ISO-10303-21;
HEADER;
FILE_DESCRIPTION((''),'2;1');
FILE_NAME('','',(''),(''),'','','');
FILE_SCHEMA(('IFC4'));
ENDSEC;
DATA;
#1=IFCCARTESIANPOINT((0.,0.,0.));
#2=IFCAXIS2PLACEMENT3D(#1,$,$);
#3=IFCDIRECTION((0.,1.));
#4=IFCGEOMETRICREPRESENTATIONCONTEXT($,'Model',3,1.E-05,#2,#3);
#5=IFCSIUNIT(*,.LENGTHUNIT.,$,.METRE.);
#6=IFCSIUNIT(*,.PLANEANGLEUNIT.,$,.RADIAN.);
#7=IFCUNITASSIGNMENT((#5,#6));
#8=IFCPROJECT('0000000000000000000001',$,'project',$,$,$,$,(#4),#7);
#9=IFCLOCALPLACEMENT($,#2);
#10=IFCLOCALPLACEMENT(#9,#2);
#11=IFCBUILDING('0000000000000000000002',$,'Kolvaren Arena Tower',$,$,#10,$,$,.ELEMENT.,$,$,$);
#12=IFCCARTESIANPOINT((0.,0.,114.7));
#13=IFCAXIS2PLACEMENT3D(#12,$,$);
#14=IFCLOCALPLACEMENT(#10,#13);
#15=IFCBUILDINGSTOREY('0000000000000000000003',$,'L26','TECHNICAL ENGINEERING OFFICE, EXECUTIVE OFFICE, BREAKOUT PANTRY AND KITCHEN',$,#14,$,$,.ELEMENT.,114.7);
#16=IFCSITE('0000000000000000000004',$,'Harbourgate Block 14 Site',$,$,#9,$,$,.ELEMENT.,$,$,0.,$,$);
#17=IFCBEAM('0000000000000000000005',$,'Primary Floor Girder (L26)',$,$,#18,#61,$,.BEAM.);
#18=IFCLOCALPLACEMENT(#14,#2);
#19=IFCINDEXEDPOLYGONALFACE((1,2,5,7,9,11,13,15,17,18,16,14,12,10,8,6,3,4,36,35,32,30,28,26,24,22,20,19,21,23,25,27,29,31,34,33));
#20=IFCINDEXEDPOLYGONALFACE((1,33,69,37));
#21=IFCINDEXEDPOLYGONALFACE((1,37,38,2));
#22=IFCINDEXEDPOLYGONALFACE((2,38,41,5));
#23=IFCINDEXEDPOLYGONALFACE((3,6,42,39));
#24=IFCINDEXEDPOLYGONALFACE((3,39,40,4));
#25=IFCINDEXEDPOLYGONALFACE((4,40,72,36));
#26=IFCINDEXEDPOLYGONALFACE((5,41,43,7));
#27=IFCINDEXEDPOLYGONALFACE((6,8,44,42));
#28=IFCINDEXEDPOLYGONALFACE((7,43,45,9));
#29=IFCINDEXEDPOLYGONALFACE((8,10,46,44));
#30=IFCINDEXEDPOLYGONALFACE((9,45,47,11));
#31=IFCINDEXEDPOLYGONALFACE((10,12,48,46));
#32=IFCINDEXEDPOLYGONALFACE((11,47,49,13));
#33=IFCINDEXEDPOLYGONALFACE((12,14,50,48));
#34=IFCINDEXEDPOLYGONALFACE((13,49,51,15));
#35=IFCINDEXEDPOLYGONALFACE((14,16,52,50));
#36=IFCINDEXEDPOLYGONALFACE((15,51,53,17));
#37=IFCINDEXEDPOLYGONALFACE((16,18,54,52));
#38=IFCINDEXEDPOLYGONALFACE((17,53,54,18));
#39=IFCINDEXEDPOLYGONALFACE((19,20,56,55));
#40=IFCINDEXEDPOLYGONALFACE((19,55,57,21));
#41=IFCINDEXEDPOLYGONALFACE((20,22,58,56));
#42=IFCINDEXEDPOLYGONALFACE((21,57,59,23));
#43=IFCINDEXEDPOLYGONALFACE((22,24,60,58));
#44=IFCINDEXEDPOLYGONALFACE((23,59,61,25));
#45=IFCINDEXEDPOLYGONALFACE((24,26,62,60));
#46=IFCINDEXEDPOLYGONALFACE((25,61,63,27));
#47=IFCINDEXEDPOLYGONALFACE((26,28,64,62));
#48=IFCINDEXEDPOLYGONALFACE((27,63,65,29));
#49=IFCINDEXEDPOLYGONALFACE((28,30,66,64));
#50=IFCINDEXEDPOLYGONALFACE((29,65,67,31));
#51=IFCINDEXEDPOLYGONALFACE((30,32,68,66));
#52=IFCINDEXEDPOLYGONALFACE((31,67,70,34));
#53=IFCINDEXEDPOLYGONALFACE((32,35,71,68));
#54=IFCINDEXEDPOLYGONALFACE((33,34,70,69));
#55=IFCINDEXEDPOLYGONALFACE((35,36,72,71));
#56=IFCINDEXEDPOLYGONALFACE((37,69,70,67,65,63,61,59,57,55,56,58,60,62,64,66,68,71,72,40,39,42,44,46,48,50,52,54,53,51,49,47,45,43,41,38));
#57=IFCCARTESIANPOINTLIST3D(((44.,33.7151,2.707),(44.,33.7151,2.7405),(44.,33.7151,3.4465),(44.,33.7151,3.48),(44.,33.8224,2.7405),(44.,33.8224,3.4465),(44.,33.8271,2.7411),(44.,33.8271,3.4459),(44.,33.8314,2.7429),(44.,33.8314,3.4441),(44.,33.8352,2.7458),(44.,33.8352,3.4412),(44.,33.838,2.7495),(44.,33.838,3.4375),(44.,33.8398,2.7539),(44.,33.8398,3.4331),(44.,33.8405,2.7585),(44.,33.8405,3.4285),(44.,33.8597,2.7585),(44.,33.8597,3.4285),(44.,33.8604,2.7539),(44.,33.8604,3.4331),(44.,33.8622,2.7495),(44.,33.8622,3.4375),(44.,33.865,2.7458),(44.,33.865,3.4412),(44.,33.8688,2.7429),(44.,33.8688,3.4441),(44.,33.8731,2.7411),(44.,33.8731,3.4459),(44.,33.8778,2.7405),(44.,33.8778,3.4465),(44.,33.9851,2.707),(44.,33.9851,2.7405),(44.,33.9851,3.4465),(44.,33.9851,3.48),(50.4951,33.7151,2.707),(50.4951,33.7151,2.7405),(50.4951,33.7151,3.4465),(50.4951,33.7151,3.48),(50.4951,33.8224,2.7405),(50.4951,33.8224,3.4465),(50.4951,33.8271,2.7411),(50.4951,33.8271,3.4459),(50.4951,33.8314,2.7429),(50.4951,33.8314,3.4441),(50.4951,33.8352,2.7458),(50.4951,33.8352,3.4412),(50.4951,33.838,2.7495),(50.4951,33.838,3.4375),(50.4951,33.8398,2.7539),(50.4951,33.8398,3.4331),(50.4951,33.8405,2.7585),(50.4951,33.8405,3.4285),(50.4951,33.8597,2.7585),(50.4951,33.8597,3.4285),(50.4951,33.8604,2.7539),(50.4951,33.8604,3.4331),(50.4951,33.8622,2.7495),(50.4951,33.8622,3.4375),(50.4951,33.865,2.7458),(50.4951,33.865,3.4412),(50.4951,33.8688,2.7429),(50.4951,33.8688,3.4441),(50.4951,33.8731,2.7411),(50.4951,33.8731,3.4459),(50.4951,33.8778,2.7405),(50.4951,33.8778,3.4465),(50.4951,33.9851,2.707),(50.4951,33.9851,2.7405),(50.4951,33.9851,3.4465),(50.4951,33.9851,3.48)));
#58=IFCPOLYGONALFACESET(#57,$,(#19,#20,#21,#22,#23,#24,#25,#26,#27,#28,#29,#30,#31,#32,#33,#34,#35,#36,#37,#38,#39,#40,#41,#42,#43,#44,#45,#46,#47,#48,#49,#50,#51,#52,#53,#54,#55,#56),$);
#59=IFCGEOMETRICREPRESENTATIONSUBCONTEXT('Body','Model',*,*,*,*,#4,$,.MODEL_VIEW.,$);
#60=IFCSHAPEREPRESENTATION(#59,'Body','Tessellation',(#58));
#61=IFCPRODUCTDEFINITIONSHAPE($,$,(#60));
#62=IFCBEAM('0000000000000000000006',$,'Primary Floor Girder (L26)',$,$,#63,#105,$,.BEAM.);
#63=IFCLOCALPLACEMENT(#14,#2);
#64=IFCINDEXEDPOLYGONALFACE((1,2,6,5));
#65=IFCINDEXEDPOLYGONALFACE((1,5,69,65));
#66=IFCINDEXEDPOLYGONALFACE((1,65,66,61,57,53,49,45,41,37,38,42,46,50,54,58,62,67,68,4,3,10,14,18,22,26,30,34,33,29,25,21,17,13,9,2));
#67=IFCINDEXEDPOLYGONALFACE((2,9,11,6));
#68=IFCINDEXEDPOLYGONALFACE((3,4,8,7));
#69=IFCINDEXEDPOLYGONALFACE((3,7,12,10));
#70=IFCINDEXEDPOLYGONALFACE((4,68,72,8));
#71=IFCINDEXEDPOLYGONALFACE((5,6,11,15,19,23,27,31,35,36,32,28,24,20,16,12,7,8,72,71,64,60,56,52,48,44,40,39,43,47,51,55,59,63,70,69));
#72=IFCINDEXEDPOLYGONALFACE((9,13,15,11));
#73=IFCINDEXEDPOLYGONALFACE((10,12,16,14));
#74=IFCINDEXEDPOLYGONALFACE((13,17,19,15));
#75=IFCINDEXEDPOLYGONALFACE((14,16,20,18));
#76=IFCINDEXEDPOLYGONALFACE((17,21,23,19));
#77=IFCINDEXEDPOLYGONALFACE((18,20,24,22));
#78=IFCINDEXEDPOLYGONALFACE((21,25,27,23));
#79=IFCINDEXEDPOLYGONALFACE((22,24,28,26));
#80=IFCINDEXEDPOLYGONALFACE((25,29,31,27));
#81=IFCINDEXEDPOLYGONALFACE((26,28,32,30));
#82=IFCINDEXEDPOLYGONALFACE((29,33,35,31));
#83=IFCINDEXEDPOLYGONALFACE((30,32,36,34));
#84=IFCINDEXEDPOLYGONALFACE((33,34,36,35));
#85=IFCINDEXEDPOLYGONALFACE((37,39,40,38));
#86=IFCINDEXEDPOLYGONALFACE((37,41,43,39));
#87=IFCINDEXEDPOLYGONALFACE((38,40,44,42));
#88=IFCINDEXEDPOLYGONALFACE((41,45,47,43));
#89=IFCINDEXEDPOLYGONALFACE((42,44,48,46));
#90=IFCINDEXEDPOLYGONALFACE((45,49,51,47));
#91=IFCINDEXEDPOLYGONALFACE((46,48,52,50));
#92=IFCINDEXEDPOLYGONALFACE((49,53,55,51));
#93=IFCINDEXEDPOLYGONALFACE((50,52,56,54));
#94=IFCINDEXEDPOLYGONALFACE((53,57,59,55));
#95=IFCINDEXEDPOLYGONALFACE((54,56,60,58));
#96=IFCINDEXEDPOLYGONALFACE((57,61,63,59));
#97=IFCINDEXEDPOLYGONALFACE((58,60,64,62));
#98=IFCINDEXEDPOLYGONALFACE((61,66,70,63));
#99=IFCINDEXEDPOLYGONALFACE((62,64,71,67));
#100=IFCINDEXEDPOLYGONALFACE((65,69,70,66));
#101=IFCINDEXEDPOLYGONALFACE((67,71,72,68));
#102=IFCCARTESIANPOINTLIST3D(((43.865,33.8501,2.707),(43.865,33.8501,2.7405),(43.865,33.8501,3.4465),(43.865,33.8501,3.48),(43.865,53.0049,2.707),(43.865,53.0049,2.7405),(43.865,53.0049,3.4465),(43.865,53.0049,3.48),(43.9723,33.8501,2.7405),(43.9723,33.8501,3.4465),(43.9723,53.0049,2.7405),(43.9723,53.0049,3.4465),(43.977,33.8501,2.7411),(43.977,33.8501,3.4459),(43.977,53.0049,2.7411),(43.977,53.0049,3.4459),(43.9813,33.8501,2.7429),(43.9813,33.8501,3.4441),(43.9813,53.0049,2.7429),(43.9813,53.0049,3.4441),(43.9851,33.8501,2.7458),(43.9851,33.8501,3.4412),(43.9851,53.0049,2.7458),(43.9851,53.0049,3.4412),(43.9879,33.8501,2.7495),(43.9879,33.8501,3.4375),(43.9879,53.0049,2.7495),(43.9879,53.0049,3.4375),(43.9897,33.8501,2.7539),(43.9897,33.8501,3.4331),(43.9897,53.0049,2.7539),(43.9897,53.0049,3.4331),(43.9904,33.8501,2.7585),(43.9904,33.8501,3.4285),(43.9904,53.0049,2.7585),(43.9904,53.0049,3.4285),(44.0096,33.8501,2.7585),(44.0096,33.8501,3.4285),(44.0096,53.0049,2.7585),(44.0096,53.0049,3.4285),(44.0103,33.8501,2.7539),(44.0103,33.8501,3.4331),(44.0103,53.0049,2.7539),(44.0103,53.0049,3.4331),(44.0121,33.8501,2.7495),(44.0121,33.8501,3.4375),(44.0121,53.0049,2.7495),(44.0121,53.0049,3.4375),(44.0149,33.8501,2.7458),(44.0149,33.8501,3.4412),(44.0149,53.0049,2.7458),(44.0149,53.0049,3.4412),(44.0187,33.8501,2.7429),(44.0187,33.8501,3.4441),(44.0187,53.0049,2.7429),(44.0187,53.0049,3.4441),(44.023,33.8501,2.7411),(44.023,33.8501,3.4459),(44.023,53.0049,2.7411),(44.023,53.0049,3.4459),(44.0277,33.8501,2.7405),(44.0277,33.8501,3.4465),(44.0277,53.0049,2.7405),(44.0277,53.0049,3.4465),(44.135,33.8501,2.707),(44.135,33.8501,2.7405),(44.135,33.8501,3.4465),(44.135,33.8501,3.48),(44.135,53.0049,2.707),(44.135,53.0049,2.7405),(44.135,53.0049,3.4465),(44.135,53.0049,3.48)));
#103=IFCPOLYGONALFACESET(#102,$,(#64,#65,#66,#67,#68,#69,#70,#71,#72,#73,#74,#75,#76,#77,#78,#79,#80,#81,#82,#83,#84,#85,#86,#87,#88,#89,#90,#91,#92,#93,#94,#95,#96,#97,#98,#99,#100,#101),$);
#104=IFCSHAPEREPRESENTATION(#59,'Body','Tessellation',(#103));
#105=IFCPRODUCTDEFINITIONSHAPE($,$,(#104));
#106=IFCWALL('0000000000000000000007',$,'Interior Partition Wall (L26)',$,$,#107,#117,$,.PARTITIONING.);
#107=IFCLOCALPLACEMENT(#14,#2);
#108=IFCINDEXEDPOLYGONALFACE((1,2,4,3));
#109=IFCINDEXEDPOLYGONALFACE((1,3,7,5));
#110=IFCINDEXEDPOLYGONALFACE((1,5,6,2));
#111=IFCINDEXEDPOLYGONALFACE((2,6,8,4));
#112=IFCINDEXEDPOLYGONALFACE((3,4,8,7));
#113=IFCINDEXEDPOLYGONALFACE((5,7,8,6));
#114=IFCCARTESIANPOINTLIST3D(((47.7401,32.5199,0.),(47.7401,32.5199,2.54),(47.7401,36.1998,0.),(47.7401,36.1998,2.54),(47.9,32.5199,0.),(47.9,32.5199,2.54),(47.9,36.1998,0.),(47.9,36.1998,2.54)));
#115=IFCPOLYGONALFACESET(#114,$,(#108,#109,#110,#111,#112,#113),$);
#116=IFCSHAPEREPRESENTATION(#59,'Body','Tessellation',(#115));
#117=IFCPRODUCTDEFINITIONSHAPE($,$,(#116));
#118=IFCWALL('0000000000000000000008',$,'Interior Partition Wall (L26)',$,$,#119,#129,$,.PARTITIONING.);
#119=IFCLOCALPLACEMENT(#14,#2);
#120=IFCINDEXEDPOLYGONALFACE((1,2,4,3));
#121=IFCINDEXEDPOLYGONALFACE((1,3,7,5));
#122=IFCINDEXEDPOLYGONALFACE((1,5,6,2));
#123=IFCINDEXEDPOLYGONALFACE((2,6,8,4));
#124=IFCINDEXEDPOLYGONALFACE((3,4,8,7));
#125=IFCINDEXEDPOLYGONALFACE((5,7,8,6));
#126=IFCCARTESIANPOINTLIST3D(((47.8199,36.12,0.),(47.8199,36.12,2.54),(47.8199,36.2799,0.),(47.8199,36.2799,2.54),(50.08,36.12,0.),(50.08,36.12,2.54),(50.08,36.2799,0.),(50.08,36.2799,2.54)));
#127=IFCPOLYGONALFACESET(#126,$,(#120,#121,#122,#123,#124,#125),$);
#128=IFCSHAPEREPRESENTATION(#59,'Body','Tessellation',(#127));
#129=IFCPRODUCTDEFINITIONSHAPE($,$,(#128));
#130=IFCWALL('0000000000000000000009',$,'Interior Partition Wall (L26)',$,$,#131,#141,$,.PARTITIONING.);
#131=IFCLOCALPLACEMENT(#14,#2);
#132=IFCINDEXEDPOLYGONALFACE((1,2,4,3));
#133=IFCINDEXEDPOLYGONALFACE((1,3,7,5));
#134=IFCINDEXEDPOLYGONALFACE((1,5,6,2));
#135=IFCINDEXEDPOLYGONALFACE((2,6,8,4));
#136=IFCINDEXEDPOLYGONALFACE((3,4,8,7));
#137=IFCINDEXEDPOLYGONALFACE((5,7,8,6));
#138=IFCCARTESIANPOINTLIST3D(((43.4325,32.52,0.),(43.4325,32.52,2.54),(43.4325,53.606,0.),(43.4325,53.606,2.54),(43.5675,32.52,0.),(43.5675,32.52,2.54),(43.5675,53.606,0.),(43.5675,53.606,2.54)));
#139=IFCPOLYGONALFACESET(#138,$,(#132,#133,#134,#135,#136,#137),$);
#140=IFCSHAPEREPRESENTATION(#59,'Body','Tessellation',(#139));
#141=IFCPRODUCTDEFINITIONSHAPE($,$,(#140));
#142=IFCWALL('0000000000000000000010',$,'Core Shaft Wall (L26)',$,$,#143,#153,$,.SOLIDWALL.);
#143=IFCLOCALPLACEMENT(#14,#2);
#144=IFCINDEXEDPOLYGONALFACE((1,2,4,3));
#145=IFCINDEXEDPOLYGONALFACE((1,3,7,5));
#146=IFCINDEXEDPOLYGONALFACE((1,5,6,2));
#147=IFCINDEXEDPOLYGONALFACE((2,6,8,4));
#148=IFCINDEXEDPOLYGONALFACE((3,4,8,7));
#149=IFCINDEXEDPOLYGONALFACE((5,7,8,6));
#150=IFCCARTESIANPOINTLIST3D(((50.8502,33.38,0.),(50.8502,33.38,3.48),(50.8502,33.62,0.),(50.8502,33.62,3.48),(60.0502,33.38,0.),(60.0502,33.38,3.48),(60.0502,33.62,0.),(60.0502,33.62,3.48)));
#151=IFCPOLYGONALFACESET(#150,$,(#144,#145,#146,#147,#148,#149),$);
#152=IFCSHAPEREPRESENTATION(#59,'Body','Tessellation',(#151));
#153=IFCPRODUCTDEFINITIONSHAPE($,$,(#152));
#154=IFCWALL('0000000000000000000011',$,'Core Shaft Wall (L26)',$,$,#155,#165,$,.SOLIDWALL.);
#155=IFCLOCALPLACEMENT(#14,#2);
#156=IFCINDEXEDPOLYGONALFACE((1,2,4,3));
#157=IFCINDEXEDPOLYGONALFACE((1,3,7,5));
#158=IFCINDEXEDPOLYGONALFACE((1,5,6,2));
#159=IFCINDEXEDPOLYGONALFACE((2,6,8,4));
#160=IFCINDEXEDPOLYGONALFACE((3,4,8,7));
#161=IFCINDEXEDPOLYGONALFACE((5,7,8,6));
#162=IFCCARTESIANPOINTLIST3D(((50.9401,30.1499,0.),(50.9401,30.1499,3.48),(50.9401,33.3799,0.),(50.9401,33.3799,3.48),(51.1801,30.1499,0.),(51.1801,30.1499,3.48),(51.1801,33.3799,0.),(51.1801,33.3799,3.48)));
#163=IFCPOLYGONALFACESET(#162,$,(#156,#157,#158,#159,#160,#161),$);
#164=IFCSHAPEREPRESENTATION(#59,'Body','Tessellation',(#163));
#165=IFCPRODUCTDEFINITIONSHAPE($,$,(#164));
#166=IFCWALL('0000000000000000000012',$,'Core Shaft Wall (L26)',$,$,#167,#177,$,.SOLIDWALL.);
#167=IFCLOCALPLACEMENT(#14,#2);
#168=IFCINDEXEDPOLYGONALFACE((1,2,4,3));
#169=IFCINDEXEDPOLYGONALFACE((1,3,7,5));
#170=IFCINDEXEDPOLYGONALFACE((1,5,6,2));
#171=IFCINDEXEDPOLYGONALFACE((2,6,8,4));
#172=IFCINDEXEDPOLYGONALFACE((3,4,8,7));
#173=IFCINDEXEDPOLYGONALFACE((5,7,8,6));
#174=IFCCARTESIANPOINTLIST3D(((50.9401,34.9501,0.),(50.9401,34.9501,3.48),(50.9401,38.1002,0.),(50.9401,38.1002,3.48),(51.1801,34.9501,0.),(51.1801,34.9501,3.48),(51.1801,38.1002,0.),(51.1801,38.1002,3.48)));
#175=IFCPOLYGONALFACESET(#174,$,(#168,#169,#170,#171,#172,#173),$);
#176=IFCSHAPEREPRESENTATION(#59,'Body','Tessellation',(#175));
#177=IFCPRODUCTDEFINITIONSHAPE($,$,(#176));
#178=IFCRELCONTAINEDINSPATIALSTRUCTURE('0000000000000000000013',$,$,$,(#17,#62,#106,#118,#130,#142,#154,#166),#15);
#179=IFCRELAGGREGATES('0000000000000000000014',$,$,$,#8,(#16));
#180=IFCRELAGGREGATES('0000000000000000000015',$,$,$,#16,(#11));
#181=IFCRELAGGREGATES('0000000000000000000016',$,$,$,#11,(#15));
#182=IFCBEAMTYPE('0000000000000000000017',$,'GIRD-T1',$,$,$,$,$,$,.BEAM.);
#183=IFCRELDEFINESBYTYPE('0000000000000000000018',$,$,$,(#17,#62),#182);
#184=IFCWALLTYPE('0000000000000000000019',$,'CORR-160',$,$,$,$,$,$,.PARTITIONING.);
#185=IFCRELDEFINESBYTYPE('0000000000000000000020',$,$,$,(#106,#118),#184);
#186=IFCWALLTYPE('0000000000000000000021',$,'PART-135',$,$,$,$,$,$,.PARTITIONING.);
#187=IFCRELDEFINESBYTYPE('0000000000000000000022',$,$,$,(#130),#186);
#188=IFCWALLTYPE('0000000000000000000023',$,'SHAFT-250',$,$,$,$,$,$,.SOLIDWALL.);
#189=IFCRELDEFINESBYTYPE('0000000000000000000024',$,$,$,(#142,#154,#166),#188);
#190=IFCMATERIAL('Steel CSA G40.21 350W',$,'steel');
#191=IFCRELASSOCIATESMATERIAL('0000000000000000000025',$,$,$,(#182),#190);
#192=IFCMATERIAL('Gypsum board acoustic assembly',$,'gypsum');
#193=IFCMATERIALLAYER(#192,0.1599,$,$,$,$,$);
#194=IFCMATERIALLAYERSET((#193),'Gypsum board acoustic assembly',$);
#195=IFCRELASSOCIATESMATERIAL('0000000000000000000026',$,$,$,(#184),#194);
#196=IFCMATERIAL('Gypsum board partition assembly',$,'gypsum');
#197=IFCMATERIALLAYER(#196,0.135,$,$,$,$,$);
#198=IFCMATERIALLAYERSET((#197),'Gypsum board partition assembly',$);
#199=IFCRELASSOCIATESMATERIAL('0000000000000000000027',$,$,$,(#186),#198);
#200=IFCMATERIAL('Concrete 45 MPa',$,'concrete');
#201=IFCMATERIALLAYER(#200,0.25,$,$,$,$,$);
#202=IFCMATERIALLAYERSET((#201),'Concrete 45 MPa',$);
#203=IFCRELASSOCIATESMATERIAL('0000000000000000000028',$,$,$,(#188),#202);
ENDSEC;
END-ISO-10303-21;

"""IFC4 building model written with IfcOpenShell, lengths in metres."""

from ifc_helpers import new_model, si_unit, direction, frame, frame_2d, origin, origin_2d, place, context, subcontext, project, spatial, rectangle, i_section, extrude, material, layer, layer_set, material_profile, profile_set, type_object, element, save


model = new_model("IFC4")

# Units and contexts
model_context = context("Model", 3, precision=1e-05, world=origin(), true_north=direction((0.0, 1.0)))
body_context = subcontext(model_context, "Body", "Model", "MODEL_VIEW")
ifc_project = project(units=[si_unit("LENGTHUNIT", "METRE"), si_unit("PLANEANGLEUNIT", "RADIAN")], contexts=[model_context])

# Site, building, storey
site_placement = place(None, origin())
site = spatial("IfcSite", under=ifc_project, at=site_placement, Name="Harbourgate Block 14 Site", CompositionType="ELEMENT", RefElevation=0.0)
building_placement = place(site_placement, origin())
building = spatial("IfcBuilding", under=site, at=building_placement, Name="Kolvaren Arena Tower", CompositionType="ELEMENT")
storey_placement = place(building_placement, frame((0.0, 0.0, 114.7)))
storey = spatial("IfcBuildingStorey", under=building, at=storey_placement, Name="L26", Description="TECHNICAL ENGINEERING OFFICE, EXECUTIVE OFFICE, BREAKOUT PANTRY AND KITCHEN", CompositionType="ELEMENT", Elevation=114.7)

# Beams
ifc_material_1 = material(Name="Steel CSA G40.21 350W", Category="steel")
ifc_material_profile_1 = material_profile(ifc_material_1, i_section(OverallWidth=0.27, OverallDepth=0.7729, WebThickness=0.0193, FlangeThickness=0.0334, FilletRadius=0.0181, at=origin_2d()), Name="W760x257")
ifc_profile_set_1 = profile_set([ifc_material_profile_1], Name="Steel CSA G40.21 350W")
beam_type_1 = type_object("IfcBeamType", Name="GIRD-T1", PredefinedType="BEAM", material=ifc_profile_set_1)
beam_1_placement = place(storey_placement, frame((44.0, 33.8501, 3.0935), z_axis=(1.0, 0.0, 0.0), x_axis=(0.0, 1.0, 0.0)))
element("IfcBeam", 1, at=beam_1_placement, inside=storey, type_object=beam_type_1, Name="Primary Floor Girder (L26)", PredefinedType="BEAM", context=body_context, shape_type="SweptSolid", body=[
    extrude(i_section(OverallWidth=0.27, OverallDepth=0.7729, WebThickness=0.0193, FlangeThickness=0.0334, FilletRadius=0.0181, at=origin_2d()), origin(), (0.0, 0.0, 1.0), 6.4951),
])
beam_2_placement = place(storey_placement, frame((44.0, 33.8501, 3.0935), z_axis=(0.0, 1.0, 0.0), x_axis=(-1.0, 0.0, 0.0)))
element("IfcBeam", 2, at=beam_2_placement, inside=storey, type_object=beam_type_1, Name="Primary Floor Girder (L26)", PredefinedType="BEAM", context=body_context, shape_type="SweptSolid", body=[
    extrude(i_section(OverallWidth=0.27, OverallDepth=0.7729, WebThickness=0.0193, FlangeThickness=0.0334, FilletRadius=0.0181, at=origin_2d()), origin(), (0.0, 0.0, 1.0), 19.1548),
])

# Shared definitions
ifc_material_2 = material(Name="Gypsum board acoustic assembly", Category="gypsum")
ifc_layer_1 = layer(ifc_material_2, 0.1599)
ifc_layer_set_1 = layer_set([ifc_layer_1], Name="Gypsum board acoustic assembly")
wall_type_1 = type_object("IfcWallType", Name="CORR-160", PredefinedType="PARTITIONING", material=ifc_layer_set_1)

# Walls
wall_1_placement = place(storey_placement, frame((47.8201, 32.52, 0.0), z_axis=(0.0, 0.0, 1.0), x_axis=(0.0, 1.0, 0.0)))
element("IfcWall", 3, at=wall_1_placement, inside=storey, type_object=wall_type_1, Name="Interior Partition Wall (L26)", PredefinedType="PARTITIONING", context=body_context, shape_type="SweptSolid", body=[
    extrude(rectangle(XDim=3.6799, YDim=0.1599, at=frame_2d((1.8398, 0.0))), origin(), (0.0, 0.0, 1.0), 2.54),
])
wall_2_placement = place(storey_placement, frame((47.8201, 36.2, 0.0), z_axis=(0.0, 0.0, 1.0), x_axis=(1.0, 0.0, 0.0)))
element("IfcWall", 4, at=wall_2_placement, inside=storey, type_object=wall_type_1, Name="Interior Partition Wall (L26)", PredefinedType="PARTITIONING", context=body_context, shape_type="SweptSolid", body=[
    extrude(rectangle(XDim=2.26, YDim=0.1599, at=frame_2d((1.1299, 0.0))), origin(), (0.0, 0.0, 1.0), 2.54),
])
ifc_material_3 = material(Name="Gypsum board partition assembly", Category="gypsum")
ifc_layer_2 = layer(ifc_material_3, 0.135)
ifc_layer_set_2 = layer_set([ifc_layer_2], Name="Gypsum board partition assembly")
wall_type_2 = type_object("IfcWallType", Name="PART-135", PredefinedType="PARTITIONING", material=ifc_layer_set_2)
wall_3_placement = place(storey_placement, frame((43.5, 32.52, 0.0), z_axis=(0.0, 0.0, 1.0), x_axis=(0.0, 1.0, 0.0)))
element("IfcWall", 5, at=wall_3_placement, inside=storey, type_object=wall_type_2, Name="Interior Partition Wall (L26)", PredefinedType="PARTITIONING", context=body_context, shape_type="SweptSolid", body=[
    extrude(rectangle(XDim=21.0859, YDim=0.135, at=frame_2d((10.543, 0.0))), origin(), (0.0, 0.0, 1.0), 2.54),
])
ifc_material_4 = material(Name="Concrete 45 MPa", Category="concrete")
ifc_layer_3 = layer(ifc_material_4, 0.25)
ifc_layer_set_3 = layer_set([ifc_layer_3], Name="Concrete 45 MPa")
wall_type_3 = type_object("IfcWallType", Name="SHAFT-250", PredefinedType="SOLIDWALL", material=ifc_layer_set_3)
wall_4_placement = place(storey_placement, frame((50.8501, 33.5, 0.0), z_axis=(0.0, 0.0, 1.0), x_axis=(1.0, 0.0, 0.0)))
element("IfcWall", 6, at=wall_4_placement, inside=storey, type_object=wall_type_3, Name="Core Shaft Wall (L26)", PredefinedType="SOLIDWALL", context=body_context, shape_type="SweptSolid", body=[
    extrude(rectangle(XDim=9.2, YDim=0.24, at=frame_2d((4.6001, 0.0))), origin(), (0.0, 0.0, 1.0), 3.48),
])
wall_5_placement = place(storey_placement, frame((51.0601, 30.1499, 0.0), z_axis=(0.0, 0.0, 1.0), x_axis=(0.0, 1.0, 0.0)))
element("IfcWall", 7, at=wall_5_placement, inside=storey, type_object=wall_type_3, Name="Core Shaft Wall (L26)", PredefinedType="SOLIDWALL", context=body_context, shape_type="SweptSolid", body=[
    extrude(rectangle(XDim=3.23, YDim=0.24, at=frame_2d((1.615, 0.0))), origin(), (0.0, 0.0, 1.0), 3.48),
])
wall_6_placement = place(storey_placement, frame((51.0601, 34.95, 0.0), z_axis=(0.0, 0.0, 1.0), x_axis=(0.0, 1.0, 0.0)))
element("IfcWall", 8, at=wall_6_placement, inside=storey, type_object=wall_type_3, Name="Core Shaft Wall (L26)", PredefinedType="SOLIDWALL", context=body_context, shape_type="SweptSolid", body=[
    extrude(rectangle(XDim=3.1501, YDim=0.24, at=frame_2d((1.5752, 0.0))), origin(), (0.0, 0.0, 1.0), 3.48),
])

save(model, "model.ifc")
